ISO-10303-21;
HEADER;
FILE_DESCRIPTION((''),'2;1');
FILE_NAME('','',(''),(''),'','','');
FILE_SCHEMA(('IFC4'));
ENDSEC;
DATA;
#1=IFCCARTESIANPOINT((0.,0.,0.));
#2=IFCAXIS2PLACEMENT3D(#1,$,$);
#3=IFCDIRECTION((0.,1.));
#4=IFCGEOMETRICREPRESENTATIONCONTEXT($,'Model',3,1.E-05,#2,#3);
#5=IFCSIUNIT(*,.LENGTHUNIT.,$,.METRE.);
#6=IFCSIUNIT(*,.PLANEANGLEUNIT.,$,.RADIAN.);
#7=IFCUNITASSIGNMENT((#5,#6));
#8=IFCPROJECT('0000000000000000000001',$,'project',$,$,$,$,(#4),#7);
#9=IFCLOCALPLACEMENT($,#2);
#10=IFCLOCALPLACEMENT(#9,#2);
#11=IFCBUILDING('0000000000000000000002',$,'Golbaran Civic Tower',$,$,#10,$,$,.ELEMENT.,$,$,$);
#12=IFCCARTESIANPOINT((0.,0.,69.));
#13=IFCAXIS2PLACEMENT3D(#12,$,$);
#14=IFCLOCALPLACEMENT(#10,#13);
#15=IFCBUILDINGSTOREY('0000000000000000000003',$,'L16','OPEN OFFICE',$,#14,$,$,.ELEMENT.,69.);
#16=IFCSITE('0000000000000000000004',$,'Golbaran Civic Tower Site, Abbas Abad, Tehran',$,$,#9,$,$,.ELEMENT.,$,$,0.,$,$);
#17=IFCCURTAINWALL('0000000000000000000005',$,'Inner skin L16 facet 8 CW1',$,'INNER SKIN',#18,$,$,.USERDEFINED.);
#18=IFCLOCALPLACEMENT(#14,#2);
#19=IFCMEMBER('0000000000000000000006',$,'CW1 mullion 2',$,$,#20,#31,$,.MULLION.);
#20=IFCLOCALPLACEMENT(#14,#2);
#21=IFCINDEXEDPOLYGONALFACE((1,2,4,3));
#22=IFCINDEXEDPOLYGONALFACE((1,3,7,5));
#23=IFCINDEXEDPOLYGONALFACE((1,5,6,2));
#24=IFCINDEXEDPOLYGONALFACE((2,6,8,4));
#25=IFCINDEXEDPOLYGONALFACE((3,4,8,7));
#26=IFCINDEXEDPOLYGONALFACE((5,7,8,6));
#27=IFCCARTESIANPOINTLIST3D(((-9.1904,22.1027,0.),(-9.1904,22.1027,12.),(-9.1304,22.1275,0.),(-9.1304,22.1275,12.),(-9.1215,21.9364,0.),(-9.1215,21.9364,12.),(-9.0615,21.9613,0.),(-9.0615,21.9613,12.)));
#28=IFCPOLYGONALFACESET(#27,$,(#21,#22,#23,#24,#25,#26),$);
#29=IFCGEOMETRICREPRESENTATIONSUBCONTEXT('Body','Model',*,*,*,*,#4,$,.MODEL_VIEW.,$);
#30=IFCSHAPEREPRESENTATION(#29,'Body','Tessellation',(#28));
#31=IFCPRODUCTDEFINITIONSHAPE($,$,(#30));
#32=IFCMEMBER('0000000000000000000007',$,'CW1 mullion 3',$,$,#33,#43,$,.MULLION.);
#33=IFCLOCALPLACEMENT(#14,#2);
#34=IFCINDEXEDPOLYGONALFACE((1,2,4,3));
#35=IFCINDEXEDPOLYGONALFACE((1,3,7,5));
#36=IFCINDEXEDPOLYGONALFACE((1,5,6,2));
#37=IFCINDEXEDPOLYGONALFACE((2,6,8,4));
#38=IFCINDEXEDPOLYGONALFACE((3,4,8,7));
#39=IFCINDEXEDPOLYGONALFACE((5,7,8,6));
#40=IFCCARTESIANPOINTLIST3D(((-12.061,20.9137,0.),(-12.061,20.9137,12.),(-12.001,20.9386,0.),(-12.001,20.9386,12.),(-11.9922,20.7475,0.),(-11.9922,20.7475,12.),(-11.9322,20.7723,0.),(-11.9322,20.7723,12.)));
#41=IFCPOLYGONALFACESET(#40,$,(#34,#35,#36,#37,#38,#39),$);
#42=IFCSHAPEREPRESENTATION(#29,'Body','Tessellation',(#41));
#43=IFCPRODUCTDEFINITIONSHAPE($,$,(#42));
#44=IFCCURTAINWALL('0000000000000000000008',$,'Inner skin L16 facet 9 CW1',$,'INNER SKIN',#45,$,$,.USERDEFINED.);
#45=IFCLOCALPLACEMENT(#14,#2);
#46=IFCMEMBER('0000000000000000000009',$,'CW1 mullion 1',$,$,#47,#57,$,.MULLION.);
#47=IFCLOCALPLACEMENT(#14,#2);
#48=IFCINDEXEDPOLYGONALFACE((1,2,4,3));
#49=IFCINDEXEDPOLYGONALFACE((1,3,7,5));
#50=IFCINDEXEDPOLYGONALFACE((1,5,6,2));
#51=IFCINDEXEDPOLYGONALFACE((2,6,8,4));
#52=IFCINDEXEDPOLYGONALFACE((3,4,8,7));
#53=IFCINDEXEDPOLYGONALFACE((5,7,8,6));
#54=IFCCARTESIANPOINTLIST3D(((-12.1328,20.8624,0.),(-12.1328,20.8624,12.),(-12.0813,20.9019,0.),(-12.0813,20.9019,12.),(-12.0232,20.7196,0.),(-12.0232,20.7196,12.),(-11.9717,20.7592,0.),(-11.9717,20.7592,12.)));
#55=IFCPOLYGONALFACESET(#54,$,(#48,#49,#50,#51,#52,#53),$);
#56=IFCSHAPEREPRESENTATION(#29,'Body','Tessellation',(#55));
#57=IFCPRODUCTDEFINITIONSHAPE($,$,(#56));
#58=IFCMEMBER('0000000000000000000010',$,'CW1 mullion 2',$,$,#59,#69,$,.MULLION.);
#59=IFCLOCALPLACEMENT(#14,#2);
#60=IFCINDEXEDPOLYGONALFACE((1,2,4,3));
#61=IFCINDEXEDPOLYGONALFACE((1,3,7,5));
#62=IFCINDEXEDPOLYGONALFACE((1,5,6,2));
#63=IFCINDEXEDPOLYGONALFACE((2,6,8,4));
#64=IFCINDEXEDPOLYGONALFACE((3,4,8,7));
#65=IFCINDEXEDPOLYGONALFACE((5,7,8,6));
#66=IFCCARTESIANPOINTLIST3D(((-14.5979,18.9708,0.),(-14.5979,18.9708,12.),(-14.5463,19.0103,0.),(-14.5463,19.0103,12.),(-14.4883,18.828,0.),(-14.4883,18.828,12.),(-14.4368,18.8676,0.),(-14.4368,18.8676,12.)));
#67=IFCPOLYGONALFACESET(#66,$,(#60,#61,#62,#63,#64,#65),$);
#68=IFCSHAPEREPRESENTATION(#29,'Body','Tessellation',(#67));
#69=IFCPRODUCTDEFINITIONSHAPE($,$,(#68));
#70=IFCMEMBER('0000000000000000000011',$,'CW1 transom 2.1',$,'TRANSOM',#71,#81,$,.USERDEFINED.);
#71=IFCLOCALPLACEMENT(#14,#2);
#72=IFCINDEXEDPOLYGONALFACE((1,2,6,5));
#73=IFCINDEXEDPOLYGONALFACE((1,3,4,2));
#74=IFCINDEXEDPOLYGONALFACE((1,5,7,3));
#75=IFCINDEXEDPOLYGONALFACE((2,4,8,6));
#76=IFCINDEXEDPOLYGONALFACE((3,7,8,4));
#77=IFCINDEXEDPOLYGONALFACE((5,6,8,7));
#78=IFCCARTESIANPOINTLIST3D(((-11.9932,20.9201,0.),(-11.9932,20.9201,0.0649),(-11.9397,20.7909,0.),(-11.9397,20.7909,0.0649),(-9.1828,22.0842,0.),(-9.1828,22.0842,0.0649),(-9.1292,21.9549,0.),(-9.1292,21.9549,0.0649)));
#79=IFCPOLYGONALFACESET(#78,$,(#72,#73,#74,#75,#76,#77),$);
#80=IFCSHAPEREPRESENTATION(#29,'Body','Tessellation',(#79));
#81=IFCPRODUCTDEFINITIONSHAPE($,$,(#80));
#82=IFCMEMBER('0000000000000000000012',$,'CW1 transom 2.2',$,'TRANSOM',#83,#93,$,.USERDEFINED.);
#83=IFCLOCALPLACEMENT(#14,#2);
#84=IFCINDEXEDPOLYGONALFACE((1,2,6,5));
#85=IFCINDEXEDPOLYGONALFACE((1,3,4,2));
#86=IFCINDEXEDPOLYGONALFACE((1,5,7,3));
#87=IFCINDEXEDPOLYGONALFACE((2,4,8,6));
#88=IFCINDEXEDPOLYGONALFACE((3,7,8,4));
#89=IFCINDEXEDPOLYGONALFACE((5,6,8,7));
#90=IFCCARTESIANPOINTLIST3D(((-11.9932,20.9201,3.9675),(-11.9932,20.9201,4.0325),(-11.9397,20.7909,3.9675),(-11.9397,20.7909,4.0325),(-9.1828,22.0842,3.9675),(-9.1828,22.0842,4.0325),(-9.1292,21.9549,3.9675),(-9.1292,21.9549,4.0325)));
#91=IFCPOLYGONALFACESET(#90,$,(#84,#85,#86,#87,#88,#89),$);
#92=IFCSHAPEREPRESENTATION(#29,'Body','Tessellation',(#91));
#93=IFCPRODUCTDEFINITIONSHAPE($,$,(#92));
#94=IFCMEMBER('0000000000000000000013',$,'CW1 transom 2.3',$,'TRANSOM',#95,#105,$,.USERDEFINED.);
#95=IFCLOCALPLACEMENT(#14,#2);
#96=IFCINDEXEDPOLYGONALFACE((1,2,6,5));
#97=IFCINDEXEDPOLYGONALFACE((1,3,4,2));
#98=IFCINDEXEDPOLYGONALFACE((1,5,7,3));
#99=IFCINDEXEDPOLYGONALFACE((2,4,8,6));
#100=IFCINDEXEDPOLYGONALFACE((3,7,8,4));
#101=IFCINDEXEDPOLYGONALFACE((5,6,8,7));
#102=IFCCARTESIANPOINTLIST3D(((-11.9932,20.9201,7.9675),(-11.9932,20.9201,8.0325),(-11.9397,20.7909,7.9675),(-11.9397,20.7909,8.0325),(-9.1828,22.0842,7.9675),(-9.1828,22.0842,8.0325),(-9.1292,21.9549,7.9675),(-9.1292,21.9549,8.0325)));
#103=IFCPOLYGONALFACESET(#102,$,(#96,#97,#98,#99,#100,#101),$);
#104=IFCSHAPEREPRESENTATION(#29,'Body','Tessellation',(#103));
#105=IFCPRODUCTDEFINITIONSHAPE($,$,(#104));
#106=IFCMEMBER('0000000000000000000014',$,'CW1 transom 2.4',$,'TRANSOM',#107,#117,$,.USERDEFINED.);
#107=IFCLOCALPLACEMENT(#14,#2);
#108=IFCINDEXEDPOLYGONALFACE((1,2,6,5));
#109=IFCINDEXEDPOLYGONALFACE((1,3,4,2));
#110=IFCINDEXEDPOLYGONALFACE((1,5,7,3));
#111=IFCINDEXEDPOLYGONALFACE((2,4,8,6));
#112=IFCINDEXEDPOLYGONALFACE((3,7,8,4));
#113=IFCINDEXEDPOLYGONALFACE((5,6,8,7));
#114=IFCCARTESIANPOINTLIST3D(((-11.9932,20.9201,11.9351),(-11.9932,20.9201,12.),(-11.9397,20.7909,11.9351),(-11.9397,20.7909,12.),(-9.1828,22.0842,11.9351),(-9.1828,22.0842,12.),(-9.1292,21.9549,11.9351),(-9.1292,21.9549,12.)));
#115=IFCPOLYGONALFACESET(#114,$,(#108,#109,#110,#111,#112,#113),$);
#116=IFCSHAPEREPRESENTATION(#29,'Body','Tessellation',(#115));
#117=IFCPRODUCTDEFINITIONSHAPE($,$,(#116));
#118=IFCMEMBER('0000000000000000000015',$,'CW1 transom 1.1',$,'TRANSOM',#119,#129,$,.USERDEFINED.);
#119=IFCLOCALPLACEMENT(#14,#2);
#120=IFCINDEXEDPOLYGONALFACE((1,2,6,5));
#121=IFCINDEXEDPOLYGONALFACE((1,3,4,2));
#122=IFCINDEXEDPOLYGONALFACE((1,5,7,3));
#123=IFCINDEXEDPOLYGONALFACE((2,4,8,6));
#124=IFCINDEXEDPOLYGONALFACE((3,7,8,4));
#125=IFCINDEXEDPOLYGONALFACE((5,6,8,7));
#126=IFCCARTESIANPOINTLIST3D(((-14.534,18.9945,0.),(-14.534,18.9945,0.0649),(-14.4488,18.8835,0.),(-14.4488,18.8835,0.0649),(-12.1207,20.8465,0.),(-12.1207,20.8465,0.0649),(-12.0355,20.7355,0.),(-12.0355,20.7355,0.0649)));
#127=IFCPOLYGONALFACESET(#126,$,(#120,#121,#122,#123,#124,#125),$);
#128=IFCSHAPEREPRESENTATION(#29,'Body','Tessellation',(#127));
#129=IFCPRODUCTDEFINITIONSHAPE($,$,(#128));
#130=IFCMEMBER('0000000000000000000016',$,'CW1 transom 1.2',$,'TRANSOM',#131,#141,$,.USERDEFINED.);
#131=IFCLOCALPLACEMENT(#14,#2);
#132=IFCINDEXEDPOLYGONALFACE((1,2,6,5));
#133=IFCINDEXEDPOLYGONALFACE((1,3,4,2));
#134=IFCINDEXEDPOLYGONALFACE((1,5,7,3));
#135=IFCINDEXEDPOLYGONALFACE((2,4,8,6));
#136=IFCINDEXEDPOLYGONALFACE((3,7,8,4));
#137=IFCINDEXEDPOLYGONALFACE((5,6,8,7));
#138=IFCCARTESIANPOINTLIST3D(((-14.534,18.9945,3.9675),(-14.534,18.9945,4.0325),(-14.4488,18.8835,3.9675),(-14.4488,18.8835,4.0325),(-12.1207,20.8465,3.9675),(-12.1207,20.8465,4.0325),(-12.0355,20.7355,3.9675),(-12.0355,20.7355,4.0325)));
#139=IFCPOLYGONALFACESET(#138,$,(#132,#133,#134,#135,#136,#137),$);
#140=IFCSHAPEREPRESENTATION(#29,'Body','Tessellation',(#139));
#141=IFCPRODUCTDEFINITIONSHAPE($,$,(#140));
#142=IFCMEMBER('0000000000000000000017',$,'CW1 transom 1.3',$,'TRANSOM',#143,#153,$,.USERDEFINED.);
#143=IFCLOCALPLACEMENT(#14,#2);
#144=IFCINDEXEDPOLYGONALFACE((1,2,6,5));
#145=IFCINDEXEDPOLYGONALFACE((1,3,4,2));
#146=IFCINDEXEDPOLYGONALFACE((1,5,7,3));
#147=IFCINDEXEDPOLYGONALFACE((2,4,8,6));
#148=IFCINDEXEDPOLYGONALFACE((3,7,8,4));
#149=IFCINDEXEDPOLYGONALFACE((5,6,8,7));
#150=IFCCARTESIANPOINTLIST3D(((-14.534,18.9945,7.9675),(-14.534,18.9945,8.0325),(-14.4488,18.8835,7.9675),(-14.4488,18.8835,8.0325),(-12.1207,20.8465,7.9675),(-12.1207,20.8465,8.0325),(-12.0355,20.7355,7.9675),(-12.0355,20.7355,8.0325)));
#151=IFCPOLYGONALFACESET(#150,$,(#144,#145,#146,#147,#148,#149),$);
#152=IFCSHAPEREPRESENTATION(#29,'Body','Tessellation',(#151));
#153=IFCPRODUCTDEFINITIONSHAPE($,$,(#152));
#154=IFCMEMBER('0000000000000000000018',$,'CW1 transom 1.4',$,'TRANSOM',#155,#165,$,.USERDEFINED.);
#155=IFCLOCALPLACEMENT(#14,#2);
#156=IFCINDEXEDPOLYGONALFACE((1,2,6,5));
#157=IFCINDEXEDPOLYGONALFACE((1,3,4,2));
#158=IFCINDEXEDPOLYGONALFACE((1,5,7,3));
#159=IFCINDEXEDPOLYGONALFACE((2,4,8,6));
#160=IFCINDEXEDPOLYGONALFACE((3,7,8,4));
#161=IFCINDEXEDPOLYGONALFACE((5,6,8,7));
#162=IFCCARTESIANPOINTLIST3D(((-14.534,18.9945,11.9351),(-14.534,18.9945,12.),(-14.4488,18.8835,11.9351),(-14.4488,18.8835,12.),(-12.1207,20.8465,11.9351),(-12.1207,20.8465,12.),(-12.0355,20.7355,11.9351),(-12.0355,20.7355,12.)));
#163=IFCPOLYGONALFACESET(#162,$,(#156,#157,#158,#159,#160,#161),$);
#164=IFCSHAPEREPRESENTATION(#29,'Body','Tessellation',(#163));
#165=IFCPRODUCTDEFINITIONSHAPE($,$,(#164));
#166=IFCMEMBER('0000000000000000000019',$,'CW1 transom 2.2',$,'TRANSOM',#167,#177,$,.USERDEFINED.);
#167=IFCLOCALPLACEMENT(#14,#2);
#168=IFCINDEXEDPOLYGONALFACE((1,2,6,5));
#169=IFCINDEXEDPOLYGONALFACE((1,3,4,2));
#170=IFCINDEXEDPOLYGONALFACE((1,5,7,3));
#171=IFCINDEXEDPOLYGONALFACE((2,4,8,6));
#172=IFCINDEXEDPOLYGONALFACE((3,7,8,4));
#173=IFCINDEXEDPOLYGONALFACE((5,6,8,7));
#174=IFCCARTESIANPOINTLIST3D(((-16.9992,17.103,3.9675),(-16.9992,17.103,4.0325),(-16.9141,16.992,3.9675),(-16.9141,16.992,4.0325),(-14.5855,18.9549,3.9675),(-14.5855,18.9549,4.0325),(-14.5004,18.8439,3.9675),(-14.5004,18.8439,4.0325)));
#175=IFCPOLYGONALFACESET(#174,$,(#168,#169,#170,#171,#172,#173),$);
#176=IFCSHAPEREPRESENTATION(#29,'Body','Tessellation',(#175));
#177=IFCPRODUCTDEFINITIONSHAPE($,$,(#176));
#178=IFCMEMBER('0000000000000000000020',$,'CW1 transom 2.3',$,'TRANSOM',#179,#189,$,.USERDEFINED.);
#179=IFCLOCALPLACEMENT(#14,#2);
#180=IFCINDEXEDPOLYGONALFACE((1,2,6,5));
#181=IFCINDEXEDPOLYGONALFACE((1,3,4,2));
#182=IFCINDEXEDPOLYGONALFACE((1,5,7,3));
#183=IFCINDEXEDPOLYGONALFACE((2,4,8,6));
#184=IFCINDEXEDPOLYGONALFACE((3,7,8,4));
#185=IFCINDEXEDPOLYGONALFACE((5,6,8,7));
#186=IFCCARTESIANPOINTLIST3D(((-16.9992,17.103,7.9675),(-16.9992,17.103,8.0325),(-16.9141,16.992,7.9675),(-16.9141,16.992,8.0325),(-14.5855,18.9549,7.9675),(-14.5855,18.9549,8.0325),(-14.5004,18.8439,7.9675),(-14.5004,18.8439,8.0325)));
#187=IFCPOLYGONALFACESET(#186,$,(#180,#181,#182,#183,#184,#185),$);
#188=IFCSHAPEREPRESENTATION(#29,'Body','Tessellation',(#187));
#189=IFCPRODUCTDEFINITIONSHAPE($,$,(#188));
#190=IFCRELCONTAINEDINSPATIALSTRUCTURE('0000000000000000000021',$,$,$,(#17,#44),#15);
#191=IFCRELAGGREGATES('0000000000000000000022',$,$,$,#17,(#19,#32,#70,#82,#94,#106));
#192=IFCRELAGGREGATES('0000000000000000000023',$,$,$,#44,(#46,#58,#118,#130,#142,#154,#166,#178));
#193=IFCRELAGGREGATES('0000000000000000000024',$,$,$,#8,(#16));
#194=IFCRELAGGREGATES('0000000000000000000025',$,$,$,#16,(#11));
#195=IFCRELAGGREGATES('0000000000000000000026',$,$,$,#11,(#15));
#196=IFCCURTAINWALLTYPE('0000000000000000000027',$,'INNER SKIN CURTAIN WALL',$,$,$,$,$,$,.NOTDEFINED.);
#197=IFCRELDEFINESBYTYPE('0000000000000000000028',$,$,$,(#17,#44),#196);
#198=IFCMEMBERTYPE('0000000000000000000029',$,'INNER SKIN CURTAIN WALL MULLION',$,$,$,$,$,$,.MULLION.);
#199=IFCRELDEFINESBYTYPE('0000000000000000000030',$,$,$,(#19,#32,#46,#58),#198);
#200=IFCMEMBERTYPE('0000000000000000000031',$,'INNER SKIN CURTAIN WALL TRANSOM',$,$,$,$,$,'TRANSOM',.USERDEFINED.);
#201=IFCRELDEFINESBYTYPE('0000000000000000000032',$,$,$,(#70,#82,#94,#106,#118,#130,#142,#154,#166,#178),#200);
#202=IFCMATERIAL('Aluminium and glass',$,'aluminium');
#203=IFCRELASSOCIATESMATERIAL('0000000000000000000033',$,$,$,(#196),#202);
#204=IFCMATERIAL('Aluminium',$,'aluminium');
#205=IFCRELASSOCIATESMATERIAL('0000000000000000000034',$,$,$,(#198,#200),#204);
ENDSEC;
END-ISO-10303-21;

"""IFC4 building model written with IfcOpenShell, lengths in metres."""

from ifc_helpers import new_model, si_unit, direction, frame, origin, origin_2d, place, context, subcontext, project, spatial, rectangle, extrude, material, material_profile, profile_set, type_object, element, aggregate, save


model = new_model("IFC4")

# Units and contexts
model_context = context("Model", 3, precision=1e-05, world=origin(), true_north=direction((0.0, 1.0)))
body_context = subcontext(model_context, "Body", "Model", "MODEL_VIEW")
ifc_project = project(units=[si_unit("LENGTHUNIT", "METRE"), si_unit("PLANEANGLEUNIT", "RADIAN")], contexts=[model_context])

# Site, building, storey
site_placement = place(None, origin())
site = spatial("IfcSite", under=ifc_project, at=site_placement, Name="Golbaran Civic Tower Site, Abbas Abad, Tehran", CompositionType="ELEMENT", RefElevation=0.0)
building_placement = place(site_placement, origin())
building = spatial("IfcBuilding", under=site, at=building_placement, Name="Golbaran Civic Tower", CompositionType="ELEMENT")
storey_placement = place(building_placement, frame((0.0, 0.0, 69.0)))
storey = spatial("IfcBuildingStorey", under=building, at=storey_placement, Name="L16", Description="OPEN OFFICE", CompositionType="ELEMENT", Elevation=69.0)

# Curtain walls, members
ifc_material_1 = material(Name="Aluminium and glass", Category="aluminium")
curtain_wall_type_1 = type_object("IfcCurtainWallType", Name="INNER SKIN CURTAIN WALL", PredefinedType="NOTDEFINED", material=ifc_material_1)
curtain_wall_1_placement = place(storey_placement, origin())
curtain_wall_1 = element("IfcCurtainWall", 1, at=curtain_wall_1_placement, inside=storey, type_object=curtain_wall_type_1, Name="Inner skin L16 facet 8 CW1", ObjectType="INNER SKIN", PredefinedType="USERDEFINED")
ifc_material_2 = material(Name="Aluminium", Category="aluminium")
ifc_material_profile_1 = material_profile(ifc_material_2, rectangle(XDim=0.1799, YDim=0.0649, at=origin_2d()), Name="INNER SKIN CURTAIN WALL MULLION")
ifc_profile_set_1 = profile_set([ifc_material_profile_1], Name="Aluminium")
member_type_1 = type_object("IfcMemberType", Name="INNER SKIN CURTAIN WALL MULLION", PredefinedType="MULLION", material=ifc_profile_set_1)
member_1_placement = place(storey_placement, frame((-9.126, 22.032, 0.0), z_axis=(0.0, 0.0, 1.0), x_axis=(0.382683, -0.92388, 0.0)))
member_1 = element("IfcMember", 2, at=member_1_placement, type_object=member_type_1, Name="CW1 mullion 2", PredefinedType="MULLION", context=body_context, shape_type="SweptSolid", body=[
    extrude(rectangle(XDim=0.1799, YDim=0.0649, at=origin_2d()), origin(), (0.0, 0.0, 1.0), 12.0),
])
member_2_placement = place(storey_placement, frame((-11.9966, 20.843, 0.0), z_axis=(0.0, 0.0, 1.0), x_axis=(0.382683, -0.92388, 0.0)))
member_2 = element("IfcMember", 3, at=member_2_placement, type_object=member_type_1, Name="CW1 mullion 3", PredefinedType="MULLION", context=body_context, shape_type="SweptSolid", body=[
    extrude(rectangle(XDim=0.1799, YDim=0.0649, at=origin_2d()), origin(), (0.0, 0.0, 1.0), 12.0),
])
curtain_wall_2_placement = place(storey_placement, origin())
curtain_wall_2 = element("IfcCurtainWall", 4, at=curtain_wall_2_placement, inside=storey, type_object=curtain_wall_type_1, Name="Inner skin L16 facet 9 CW1", ObjectType="INNER SKIN", PredefinedType="USERDEFINED")
member_3_placement = place(storey_placement, frame((-12.0522, 20.8108, 0.0), z_axis=(0.0, 0.0, 1.0), x_axis=(0.608761, -0.793353, 0.0)))
member_3 = element("IfcMember", 5, at=member_3_placement, type_object=member_type_1, Name="CW1 mullion 1", PredefinedType="MULLION", context=body_context, shape_type="SweptSolid", body=[
    extrude(rectangle(XDim=0.1799, YDim=0.0649, at=origin_2d()), origin(), (0.0, 0.0, 1.0), 12.0),
])
member_4_placement = place(storey_placement, frame((-14.5173, 18.9192, 0.0), z_axis=(0.0, 0.0, 1.0), x_axis=(0.608761, -0.793353, 0.0)))
member_4 = element("IfcMember", 6, at=member_4_placement, type_object=member_type_1, Name="CW1 mullion 2", PredefinedType="MULLION", context=body_context, shape_type="SweptSolid", body=[
    extrude(rectangle(XDim=0.1799, YDim=0.0649, at=origin_2d()), origin(), (0.0, 0.0, 1.0), 12.0),
])

# Members
ifc_material_profile_2 = material_profile(ifc_material_2, rectangle(XDim=0.1399, YDim=0.0649, at=origin_2d()), Name="INNER SKIN CURTAIN WALL TRANSOM")
ifc_profile_set_2 = profile_set([ifc_material_profile_2], Name="Aluminium")
member_type_2 = type_object("IfcMemberType", Name="INNER SKIN CURTAIN WALL TRANSOM", ElementType="TRANSOM", PredefinedType="USERDEFINED", material=ifc_profile_set_2)
member_5_placement = place(storey_placement, frame((-9.156, 22.0195, 0.0325), z_axis=(-0.923892, -0.382654, 0.0), x_axis=(0.382654, -0.923892, 0.0)))
member_5 = element("IfcMember", 7, at=member_5_placement, type_object=member_type_2, Name="CW1 transom 2.1", ObjectType="TRANSOM", PredefinedType="USERDEFINED", context=body_context, shape_type="SweptSolid", body=[
    extrude(rectangle(XDim=0.1399, YDim=0.0649, at=origin_2d()), origin(), (0.0, 0.0, 1.0), 3.042),
])
member_6_placement = place(storey_placement, frame((-9.156, 22.0195, 4.0), z_axis=(-0.923892, -0.382654, 0.0), x_axis=(0.382654, -0.923892, 0.0)))
member_6 = element("IfcMember", 8, at=member_6_placement, type_object=member_type_2, Name="CW1 transom 2.2", ObjectType="TRANSOM", PredefinedType="USERDEFINED", context=body_context, shape_type="SweptSolid", body=[
    extrude(rectangle(XDim=0.1399, YDim=0.0649, at=origin_2d()), origin(), (0.0, 0.0, 1.0), 3.042),
])
member_7_placement = place(storey_placement, frame((-9.156, 22.0195, 8.0), z_axis=(-0.923892, -0.382654, 0.0), x_axis=(0.382654, -0.923892, 0.0)))
member_7 = element("IfcMember", 9, at=member_7_placement, type_object=member_type_2, Name="CW1 transom 2.3", ObjectType="TRANSOM", PredefinedType="USERDEFINED", context=body_context, shape_type="SweptSolid", body=[
    extrude(rectangle(XDim=0.1399, YDim=0.0649, at=origin_2d()), origin(), (0.0, 0.0, 1.0), 3.042),
])
member_8_placement = place(storey_placement, frame((-9.156, 22.0195, 11.9675), z_axis=(-0.923892, -0.382654, 0.0), x_axis=(0.382654, -0.923892, 0.0)))
member_8 = element("IfcMember", 10, at=member_8_placement, type_object=member_type_2, Name="CW1 transom 2.4", ObjectType="TRANSOM", PredefinedType="USERDEFINED", context=body_context, shape_type="SweptSolid", body=[
    extrude(rectangle(XDim=0.1399, YDim=0.0649, at=origin_2d()), origin(), (0.0, 0.0, 1.0), 3.042),
])
member_9_placement = place(storey_placement, frame((-12.0781, 20.791, 0.0325), z_axis=(-0.793316, -0.608811, 0.0), x_axis=(0.608811, -0.793316, 0.0)))
member_9 = element("IfcMember", 11, at=member_9_placement, type_object=member_type_2, Name="CW1 transom 1.1", ObjectType="TRANSOM", PredefinedType="USERDEFINED", context=body_context, shape_type="SweptSolid", body=[
    extrude(rectangle(XDim=0.1399, YDim=0.0649, at=origin_2d()), origin(), (0.0, 0.0, 1.0), 3.042),
])
member_10_placement = place(storey_placement, frame((-12.0781, 20.791, 4.0), z_axis=(-0.793316, -0.608811, 0.0), x_axis=(0.608811, -0.793316, 0.0)))
member_10 = element("IfcMember", 12, at=member_10_placement, type_object=member_type_2, Name="CW1 transom 1.2", ObjectType="TRANSOM", PredefinedType="USERDEFINED", context=body_context, shape_type="SweptSolid", body=[
    extrude(rectangle(XDim=0.1399, YDim=0.0649, at=origin_2d()), origin(), (0.0, 0.0, 1.0), 3.042),
])
member_11_placement = place(storey_placement, frame((-12.0781, 20.791, 8.0), z_axis=(-0.793316, -0.608811, 0.0), x_axis=(0.608811, -0.793316, 0.0)))
member_11 = element("IfcMember", 13, at=member_11_placement, type_object=member_type_2, Name="CW1 transom 1.3", ObjectType="TRANSOM", PredefinedType="USERDEFINED", context=body_context, shape_type="SweptSolid", body=[
    extrude(rectangle(XDim=0.1399, YDim=0.0649, at=origin_2d()), origin(), (0.0, 0.0, 1.0), 3.042),
])
member_12_placement = place(storey_placement, frame((-12.0781, 20.791, 11.9675), z_axis=(-0.793316, -0.608811, 0.0), x_axis=(0.608811, -0.793316, 0.0)))
member_12 = element("IfcMember", 14, at=member_12_placement, type_object=member_type_2, Name="CW1 transom 1.4", ObjectType="TRANSOM", PredefinedType="USERDEFINED", context=body_context, shape_type="SweptSolid", body=[
    extrude(rectangle(XDim=0.1399, YDim=0.0649, at=origin_2d()), origin(), (0.0, 0.0, 1.0), 3.042),
])
member_13_placement = place(storey_placement, frame((-14.543, 18.8994, 4.0), z_axis=(-0.793384, -0.608721, 0.0), x_axis=(0.608721, -0.793384, 0.0)))
member_13 = element("IfcMember", 15, at=member_13_placement, type_object=member_type_2, Name="CW1 transom 2.2", ObjectType="TRANSOM", PredefinedType="USERDEFINED", context=body_context, shape_type="SweptSolid", body=[
    extrude(rectangle(XDim=0.1399, YDim=0.0649, at=origin_2d()), origin(), (0.0, 0.0, 1.0), 3.0422),
])
member_14_placement = place(storey_placement, frame((-14.543, 18.8994, 8.0), z_axis=(-0.793384, -0.608721, 0.0), x_axis=(0.608721, -0.793384, 0.0)))
member_14 = element("IfcMember", 16, at=member_14_placement, type_object=member_type_2, Name="CW1 transom 2.3", ObjectType="TRANSOM", PredefinedType="USERDEFINED", context=body_context, shape_type="SweptSolid", body=[
    extrude(rectangle(XDim=0.1399, YDim=0.0649, at=origin_2d()), origin(), (0.0, 0.0, 1.0), 3.0422),
])

aggregate(curtain_wall_1, [member_1, member_2, member_5, member_6, member_7, member_8])
aggregate(curtain_wall_2, [member_3, member_4, member_9, member_10, member_11, member_12, member_13, member_14])

save(model, "model.ifc")
